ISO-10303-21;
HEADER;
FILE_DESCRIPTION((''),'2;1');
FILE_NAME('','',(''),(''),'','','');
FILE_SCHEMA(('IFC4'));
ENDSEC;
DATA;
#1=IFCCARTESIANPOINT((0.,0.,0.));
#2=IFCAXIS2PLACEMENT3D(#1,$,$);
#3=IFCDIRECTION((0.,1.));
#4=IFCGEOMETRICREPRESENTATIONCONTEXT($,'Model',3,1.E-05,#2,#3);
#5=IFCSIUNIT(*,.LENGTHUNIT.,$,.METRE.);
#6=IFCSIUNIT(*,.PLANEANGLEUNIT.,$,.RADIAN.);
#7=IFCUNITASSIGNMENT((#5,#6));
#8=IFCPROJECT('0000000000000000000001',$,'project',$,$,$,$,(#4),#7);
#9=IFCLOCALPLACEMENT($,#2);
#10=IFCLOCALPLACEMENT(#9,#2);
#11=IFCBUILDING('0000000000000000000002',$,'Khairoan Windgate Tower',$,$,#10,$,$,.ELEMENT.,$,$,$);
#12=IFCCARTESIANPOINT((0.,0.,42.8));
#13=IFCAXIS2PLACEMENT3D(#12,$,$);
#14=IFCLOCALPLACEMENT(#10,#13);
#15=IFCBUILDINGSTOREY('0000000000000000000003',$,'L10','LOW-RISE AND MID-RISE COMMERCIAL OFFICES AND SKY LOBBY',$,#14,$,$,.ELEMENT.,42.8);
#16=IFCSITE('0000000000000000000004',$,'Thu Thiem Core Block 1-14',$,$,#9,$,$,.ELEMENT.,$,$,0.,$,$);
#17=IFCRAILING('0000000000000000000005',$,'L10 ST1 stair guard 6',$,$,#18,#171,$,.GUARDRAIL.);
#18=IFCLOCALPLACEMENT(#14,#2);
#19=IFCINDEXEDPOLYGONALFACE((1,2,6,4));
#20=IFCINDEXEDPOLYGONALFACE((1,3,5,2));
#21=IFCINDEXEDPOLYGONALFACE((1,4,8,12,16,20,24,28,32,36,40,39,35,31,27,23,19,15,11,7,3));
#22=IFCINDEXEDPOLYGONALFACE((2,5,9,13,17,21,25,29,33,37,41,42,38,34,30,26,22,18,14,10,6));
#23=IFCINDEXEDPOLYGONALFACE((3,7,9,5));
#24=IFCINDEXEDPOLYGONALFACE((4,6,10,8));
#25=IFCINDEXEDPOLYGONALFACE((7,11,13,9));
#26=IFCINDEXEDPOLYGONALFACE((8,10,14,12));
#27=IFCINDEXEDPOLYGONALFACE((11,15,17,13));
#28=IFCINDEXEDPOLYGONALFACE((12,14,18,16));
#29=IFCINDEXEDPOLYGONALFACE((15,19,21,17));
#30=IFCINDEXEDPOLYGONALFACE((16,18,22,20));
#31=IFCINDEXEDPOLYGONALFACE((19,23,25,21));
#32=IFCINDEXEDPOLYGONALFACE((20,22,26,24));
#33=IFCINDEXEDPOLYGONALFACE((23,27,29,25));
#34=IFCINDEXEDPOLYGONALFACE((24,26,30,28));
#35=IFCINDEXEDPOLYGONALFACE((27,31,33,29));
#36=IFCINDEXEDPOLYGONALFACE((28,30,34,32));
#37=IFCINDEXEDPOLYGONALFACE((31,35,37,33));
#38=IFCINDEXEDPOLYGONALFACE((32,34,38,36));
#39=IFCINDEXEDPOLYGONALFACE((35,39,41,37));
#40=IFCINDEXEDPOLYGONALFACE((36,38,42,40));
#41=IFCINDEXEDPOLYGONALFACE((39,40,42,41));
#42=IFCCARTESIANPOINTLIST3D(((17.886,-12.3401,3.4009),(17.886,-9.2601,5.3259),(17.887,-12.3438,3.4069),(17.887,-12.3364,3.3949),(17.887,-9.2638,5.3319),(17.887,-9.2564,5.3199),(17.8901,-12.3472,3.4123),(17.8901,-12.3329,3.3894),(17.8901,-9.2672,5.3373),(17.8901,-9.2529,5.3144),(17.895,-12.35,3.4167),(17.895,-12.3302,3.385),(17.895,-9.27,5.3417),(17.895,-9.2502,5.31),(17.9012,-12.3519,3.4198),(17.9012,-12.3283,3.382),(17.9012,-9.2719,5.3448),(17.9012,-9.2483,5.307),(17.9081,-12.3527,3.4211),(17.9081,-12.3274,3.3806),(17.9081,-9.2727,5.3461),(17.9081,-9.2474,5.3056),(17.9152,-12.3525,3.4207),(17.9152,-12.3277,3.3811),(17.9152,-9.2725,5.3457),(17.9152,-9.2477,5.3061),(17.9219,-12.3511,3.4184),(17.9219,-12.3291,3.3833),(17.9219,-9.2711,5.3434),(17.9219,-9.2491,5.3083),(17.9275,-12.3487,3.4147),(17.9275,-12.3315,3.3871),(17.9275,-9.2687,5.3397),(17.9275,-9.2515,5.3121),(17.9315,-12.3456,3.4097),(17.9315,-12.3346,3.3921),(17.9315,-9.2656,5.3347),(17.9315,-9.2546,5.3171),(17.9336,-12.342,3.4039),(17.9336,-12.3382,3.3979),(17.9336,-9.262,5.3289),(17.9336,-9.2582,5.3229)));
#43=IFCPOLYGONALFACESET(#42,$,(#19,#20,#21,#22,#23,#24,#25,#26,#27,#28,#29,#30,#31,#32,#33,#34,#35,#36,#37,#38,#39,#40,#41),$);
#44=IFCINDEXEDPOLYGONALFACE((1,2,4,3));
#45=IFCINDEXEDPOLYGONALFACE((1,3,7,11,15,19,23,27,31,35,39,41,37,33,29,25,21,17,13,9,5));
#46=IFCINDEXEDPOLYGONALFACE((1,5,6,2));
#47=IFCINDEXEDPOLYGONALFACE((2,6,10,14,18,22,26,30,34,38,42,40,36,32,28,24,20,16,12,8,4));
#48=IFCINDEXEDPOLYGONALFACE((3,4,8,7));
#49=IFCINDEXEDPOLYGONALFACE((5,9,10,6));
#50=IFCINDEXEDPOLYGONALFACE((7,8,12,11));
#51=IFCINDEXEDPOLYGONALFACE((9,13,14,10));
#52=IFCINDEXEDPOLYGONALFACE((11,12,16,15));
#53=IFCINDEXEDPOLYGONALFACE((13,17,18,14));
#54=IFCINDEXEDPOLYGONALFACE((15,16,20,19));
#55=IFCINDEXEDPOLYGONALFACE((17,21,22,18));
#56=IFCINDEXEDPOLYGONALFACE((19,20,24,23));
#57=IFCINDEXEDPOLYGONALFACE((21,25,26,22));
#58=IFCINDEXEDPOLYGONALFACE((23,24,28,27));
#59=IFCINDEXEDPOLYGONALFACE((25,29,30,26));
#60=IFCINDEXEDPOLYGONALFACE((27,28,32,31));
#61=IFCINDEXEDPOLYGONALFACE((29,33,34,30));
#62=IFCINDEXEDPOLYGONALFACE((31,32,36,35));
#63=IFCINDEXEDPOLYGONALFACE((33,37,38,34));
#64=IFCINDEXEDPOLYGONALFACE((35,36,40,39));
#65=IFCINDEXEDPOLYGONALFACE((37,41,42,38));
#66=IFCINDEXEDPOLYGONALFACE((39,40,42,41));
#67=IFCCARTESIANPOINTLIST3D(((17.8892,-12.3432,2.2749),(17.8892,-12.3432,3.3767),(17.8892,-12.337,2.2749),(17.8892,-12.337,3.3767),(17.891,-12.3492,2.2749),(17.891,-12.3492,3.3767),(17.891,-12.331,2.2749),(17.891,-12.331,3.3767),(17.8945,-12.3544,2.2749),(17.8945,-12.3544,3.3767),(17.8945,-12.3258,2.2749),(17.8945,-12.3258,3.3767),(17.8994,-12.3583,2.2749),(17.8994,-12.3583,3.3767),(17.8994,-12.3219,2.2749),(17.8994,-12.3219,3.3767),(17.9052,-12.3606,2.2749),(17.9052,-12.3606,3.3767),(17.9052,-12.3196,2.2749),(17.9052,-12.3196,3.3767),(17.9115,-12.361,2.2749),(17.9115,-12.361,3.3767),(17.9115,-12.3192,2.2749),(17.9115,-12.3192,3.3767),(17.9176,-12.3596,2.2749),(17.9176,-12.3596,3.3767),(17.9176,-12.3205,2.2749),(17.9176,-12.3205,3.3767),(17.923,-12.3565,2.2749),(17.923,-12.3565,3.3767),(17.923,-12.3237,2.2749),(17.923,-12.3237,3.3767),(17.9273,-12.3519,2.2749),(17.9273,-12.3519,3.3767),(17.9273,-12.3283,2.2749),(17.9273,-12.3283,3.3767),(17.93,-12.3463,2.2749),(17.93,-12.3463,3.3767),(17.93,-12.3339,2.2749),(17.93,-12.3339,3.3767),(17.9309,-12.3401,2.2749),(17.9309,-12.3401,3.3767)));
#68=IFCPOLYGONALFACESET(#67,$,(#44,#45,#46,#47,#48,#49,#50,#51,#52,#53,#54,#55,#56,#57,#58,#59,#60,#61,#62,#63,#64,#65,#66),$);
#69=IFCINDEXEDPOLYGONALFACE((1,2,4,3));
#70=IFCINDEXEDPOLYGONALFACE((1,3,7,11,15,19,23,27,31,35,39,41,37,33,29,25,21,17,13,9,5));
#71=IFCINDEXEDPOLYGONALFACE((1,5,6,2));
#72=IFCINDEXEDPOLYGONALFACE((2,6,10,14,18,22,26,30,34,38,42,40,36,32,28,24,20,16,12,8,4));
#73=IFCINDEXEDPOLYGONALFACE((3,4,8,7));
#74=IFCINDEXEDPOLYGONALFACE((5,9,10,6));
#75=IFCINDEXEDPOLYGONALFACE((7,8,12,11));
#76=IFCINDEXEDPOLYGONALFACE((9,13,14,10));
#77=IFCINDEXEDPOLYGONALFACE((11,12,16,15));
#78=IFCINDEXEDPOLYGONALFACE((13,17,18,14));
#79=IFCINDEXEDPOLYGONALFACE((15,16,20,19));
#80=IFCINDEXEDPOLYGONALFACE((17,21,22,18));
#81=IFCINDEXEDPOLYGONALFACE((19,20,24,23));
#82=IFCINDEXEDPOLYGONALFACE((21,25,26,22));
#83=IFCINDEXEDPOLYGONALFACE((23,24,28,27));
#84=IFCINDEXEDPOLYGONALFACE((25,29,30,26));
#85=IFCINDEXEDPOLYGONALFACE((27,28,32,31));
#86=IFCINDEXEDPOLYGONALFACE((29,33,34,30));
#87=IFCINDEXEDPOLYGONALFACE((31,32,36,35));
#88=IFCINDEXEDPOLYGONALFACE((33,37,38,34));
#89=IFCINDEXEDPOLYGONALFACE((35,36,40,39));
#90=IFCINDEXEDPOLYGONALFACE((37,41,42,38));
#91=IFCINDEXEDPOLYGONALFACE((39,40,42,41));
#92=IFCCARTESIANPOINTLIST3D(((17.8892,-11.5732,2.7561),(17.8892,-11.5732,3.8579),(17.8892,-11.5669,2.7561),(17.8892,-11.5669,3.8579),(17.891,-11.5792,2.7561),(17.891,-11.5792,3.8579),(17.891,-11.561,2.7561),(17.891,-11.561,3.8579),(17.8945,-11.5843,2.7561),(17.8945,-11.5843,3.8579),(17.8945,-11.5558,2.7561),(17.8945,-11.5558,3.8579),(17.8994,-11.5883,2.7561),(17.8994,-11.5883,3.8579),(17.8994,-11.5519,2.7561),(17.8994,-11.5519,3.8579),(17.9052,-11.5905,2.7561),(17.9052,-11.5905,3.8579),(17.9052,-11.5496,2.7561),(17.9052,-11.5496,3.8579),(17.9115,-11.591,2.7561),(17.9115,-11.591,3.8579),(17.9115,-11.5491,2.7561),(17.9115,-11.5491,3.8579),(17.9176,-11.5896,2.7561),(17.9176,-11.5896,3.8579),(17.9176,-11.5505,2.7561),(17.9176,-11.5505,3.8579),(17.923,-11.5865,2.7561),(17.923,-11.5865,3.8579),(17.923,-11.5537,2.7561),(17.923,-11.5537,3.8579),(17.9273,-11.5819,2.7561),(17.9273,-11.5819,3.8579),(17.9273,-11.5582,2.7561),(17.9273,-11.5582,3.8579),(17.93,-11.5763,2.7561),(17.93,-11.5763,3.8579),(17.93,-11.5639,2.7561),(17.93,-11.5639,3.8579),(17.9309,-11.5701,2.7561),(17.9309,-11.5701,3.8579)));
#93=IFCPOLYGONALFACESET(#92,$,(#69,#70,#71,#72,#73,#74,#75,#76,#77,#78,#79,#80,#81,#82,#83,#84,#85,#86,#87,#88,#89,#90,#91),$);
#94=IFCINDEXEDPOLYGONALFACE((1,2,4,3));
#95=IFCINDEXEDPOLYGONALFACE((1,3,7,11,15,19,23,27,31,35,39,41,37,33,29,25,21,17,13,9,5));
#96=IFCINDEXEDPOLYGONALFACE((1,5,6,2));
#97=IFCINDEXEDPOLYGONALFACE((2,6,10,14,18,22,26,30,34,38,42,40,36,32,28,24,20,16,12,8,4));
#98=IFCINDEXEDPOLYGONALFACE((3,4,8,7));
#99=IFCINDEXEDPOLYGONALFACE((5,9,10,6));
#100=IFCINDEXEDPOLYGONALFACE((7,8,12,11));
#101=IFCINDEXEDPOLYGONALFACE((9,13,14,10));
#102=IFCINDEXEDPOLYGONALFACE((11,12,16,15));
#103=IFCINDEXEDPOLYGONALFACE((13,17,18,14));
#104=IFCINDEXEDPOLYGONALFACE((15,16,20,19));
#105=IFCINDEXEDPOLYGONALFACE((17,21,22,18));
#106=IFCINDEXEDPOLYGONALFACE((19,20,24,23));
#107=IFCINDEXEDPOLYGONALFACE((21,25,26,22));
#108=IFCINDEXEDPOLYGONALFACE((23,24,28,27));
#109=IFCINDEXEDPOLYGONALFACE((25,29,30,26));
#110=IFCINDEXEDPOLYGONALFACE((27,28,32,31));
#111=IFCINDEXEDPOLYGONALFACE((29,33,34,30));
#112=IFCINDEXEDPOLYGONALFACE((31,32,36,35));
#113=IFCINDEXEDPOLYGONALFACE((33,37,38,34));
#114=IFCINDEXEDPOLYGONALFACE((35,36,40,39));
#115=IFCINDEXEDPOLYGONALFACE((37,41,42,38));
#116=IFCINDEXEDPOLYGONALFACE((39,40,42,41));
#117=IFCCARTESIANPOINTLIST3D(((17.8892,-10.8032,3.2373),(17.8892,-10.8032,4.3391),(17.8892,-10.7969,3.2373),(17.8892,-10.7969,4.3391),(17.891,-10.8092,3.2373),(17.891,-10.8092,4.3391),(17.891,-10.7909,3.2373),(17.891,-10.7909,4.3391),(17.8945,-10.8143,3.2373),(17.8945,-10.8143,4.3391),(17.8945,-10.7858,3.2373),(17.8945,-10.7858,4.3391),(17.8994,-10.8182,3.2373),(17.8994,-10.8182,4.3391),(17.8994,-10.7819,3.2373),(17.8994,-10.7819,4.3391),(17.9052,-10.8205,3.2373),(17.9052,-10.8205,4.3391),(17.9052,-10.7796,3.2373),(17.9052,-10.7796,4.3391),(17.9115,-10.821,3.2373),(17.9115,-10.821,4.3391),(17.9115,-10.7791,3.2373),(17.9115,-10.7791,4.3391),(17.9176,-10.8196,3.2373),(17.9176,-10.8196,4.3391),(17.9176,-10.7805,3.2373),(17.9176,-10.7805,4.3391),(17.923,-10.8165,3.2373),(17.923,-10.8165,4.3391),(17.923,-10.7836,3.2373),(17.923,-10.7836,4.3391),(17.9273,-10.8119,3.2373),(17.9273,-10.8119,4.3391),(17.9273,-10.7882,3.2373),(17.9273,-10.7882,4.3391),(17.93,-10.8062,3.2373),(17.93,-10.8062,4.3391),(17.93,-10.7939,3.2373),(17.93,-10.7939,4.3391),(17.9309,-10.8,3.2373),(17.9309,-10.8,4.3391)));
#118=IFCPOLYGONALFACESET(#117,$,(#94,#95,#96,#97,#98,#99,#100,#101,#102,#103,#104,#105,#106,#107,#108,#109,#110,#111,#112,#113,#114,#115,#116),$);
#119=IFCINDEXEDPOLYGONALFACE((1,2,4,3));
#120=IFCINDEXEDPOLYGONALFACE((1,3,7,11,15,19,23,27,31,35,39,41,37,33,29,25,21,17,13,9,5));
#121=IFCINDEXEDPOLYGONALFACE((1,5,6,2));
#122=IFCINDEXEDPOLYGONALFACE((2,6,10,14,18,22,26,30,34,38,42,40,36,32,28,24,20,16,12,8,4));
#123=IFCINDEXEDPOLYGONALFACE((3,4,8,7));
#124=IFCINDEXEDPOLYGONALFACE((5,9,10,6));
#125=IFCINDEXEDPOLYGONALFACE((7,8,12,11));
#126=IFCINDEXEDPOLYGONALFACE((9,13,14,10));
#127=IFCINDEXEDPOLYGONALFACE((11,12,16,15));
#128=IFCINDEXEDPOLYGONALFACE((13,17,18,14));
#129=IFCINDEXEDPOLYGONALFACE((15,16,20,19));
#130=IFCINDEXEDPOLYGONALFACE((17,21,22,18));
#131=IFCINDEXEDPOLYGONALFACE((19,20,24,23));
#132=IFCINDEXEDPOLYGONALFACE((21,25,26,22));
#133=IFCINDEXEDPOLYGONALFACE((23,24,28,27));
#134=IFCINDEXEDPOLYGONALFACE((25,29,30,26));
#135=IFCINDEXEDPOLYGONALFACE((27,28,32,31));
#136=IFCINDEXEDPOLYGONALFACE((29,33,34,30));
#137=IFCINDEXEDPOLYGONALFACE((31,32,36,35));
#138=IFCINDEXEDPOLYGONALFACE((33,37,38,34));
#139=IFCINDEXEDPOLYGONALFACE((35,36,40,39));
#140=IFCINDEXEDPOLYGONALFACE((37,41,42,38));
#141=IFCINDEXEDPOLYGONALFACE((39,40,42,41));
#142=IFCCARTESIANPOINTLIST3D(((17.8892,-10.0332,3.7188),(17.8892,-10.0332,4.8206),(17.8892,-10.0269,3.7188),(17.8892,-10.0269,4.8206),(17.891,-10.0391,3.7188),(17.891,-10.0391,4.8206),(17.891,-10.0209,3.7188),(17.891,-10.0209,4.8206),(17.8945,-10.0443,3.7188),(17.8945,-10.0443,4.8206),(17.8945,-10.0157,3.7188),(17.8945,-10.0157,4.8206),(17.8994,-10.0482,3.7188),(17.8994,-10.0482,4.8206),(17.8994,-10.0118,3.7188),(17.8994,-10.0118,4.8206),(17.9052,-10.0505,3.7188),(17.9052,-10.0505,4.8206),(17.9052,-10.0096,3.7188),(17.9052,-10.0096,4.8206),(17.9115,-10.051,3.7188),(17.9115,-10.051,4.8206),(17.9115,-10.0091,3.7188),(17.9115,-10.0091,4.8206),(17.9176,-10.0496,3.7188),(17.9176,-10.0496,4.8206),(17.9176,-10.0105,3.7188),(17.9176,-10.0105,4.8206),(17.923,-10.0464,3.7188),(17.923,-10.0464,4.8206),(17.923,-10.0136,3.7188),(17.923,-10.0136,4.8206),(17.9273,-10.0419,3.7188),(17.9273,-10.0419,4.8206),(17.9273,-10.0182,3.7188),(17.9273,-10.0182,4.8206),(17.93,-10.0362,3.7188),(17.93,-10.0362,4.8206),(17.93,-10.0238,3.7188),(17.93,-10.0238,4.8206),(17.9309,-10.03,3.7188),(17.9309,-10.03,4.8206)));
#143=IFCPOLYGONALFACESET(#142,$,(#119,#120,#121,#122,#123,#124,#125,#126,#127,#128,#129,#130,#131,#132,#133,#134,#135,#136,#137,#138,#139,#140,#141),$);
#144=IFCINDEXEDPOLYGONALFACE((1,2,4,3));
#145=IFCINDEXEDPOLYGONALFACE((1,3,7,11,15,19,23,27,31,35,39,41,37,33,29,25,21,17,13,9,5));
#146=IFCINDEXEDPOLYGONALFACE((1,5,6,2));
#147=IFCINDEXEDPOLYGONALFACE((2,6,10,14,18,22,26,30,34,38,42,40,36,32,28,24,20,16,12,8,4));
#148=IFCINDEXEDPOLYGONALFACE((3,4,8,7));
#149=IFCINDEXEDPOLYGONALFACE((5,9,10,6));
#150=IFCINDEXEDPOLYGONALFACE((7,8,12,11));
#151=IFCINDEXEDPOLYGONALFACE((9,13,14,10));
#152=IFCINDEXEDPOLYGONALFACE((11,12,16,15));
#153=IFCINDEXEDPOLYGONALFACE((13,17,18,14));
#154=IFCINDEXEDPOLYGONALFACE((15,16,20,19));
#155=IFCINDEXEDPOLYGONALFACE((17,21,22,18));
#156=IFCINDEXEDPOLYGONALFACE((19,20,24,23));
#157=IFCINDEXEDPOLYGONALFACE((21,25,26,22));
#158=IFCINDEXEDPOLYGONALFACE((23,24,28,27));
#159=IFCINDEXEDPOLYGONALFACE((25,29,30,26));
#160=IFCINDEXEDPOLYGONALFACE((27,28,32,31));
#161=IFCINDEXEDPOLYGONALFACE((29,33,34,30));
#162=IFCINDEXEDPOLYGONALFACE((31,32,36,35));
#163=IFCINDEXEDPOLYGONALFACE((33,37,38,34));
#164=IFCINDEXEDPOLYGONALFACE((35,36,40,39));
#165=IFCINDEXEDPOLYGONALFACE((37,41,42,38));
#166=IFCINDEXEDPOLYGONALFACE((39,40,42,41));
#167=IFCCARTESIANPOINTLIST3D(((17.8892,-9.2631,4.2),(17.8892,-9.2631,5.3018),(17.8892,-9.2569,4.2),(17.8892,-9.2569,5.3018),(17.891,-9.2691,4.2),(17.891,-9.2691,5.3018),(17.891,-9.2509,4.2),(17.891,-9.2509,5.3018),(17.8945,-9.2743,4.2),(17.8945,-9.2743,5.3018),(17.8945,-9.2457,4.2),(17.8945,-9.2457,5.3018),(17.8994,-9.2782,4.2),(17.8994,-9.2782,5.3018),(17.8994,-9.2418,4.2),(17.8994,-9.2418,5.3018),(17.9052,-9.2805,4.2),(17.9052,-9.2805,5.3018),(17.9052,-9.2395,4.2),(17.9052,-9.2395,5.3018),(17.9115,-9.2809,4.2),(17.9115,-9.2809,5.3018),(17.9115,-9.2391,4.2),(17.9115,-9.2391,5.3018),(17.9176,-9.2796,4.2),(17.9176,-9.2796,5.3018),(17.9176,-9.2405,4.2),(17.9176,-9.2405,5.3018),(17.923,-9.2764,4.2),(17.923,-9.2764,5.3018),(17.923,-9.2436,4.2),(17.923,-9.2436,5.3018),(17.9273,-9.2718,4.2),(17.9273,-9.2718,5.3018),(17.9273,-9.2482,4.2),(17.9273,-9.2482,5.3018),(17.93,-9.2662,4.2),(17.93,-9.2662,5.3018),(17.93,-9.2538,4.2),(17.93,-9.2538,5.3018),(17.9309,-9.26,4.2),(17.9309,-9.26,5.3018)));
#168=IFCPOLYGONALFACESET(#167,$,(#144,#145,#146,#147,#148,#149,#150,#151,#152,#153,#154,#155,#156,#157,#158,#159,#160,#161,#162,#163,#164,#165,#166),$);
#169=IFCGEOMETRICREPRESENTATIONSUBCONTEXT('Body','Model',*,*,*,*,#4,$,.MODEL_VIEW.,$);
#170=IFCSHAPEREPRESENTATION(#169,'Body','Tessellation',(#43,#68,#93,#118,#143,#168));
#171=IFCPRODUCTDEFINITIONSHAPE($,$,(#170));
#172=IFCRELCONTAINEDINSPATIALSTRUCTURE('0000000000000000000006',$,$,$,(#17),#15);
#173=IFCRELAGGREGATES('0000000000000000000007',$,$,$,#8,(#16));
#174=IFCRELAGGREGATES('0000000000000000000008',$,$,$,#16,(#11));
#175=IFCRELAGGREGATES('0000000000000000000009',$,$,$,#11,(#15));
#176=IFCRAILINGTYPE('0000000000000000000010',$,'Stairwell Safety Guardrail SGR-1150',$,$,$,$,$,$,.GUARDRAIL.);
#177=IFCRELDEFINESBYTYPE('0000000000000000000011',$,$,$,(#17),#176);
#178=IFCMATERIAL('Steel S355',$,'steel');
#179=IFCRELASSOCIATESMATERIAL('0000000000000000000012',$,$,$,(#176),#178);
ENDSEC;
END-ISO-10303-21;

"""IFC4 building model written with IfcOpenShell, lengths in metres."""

from ifc_helpers import new_model, si_unit, direction, frame, origin, origin_2d, place, context, subcontext, project, spatial, circle, extrude, material, type_object, element, save


model = new_model("IFC4")

# Units and contexts
model_context = context("Model", 3, precision=1e-05, world=origin(), true_north=direction((0.0, 1.0)))
body_context = subcontext(model_context, "Body", "Model", "MODEL_VIEW")
ifc_project = project(units=[si_unit("LENGTHUNIT", "METRE"), si_unit("PLANEANGLEUNIT", "RADIAN")], contexts=[model_context])

# Site, building, storey
site_placement = place(None, origin())
site = spatial("IfcSite", under=ifc_project, at=site_placement, Name="Thu Thiem Core Block 1-14", CompositionType="ELEMENT", RefElevation=0.0)
building_placement = place(site_placement, origin())
building = spatial("IfcBuilding", under=site, at=building_placement, Name="Khairoan Windgate Tower", CompositionType="ELEMENT")
storey_placement = place(building_placement, frame((0.0, 0.0, 42.8)))
storey = spatial("IfcBuildingStorey", under=building, at=storey_placement, Name="L10", Description="LOW-RISE AND MID-RISE COMMERCIAL OFFICES AND SKY LOBBY", CompositionType="ELEMENT", Elevation=42.8)

# Railing
ifc_material_1 = material(Name="Steel S355", Category="steel")
railing_type_1 = type_object("IfcRailingType", Name="Stairwell Safety Guardrail SGR-1150", PredefinedType="GUARDRAIL", material=ifc_material_1)
railing_1_placement = place(storey_placement, frame((17.9099, -12.3401, 2.2749)))
element("IfcRailing", 1, at=railing_1_placement, inside=storey, type_object=railing_type_1, Name="L10 ST1 stair guard 6", PredefinedType="GUARDRAIL", context=body_context, shape_type="SweptSolid", body=[
    extrude(circle(Radius=0.0239, at=origin_2d()), frame((0.0, 0.0, 1.126), z_axis=(0.0, 0.847998, 0.529999), x_axis=(-1.0, 0.0, 0.0)), (0.0, 0.0, 1.0), 3.6321),
    extrude(circle(Radius=0.021, at=origin_2d()), origin(), (0.0, 0.0, 1.0), 1.1018),
    extrude(circle(Radius=0.021, at=origin_2d()), frame((0.0, 0.77, 0.4812)), (0.0, 0.0, 1.0), 1.1018),
    extrude(circle(Radius=0.021, at=origin_2d()), frame((0.0, 1.54, 0.9624)), (0.0, 0.0, 1.0), 1.1018),
    extrude(circle(Radius=0.021, at=origin_2d()), frame((0.0, 2.3101, 1.4438)), (0.0, 0.0, 1.0), 1.1018),
    extrude(circle(Radius=0.021, at=origin_2d()), frame((0.0, 3.0801, 1.925)), (0.0, 0.0, 1.0), 1.1018),
])

save(model, "model.ifc")
